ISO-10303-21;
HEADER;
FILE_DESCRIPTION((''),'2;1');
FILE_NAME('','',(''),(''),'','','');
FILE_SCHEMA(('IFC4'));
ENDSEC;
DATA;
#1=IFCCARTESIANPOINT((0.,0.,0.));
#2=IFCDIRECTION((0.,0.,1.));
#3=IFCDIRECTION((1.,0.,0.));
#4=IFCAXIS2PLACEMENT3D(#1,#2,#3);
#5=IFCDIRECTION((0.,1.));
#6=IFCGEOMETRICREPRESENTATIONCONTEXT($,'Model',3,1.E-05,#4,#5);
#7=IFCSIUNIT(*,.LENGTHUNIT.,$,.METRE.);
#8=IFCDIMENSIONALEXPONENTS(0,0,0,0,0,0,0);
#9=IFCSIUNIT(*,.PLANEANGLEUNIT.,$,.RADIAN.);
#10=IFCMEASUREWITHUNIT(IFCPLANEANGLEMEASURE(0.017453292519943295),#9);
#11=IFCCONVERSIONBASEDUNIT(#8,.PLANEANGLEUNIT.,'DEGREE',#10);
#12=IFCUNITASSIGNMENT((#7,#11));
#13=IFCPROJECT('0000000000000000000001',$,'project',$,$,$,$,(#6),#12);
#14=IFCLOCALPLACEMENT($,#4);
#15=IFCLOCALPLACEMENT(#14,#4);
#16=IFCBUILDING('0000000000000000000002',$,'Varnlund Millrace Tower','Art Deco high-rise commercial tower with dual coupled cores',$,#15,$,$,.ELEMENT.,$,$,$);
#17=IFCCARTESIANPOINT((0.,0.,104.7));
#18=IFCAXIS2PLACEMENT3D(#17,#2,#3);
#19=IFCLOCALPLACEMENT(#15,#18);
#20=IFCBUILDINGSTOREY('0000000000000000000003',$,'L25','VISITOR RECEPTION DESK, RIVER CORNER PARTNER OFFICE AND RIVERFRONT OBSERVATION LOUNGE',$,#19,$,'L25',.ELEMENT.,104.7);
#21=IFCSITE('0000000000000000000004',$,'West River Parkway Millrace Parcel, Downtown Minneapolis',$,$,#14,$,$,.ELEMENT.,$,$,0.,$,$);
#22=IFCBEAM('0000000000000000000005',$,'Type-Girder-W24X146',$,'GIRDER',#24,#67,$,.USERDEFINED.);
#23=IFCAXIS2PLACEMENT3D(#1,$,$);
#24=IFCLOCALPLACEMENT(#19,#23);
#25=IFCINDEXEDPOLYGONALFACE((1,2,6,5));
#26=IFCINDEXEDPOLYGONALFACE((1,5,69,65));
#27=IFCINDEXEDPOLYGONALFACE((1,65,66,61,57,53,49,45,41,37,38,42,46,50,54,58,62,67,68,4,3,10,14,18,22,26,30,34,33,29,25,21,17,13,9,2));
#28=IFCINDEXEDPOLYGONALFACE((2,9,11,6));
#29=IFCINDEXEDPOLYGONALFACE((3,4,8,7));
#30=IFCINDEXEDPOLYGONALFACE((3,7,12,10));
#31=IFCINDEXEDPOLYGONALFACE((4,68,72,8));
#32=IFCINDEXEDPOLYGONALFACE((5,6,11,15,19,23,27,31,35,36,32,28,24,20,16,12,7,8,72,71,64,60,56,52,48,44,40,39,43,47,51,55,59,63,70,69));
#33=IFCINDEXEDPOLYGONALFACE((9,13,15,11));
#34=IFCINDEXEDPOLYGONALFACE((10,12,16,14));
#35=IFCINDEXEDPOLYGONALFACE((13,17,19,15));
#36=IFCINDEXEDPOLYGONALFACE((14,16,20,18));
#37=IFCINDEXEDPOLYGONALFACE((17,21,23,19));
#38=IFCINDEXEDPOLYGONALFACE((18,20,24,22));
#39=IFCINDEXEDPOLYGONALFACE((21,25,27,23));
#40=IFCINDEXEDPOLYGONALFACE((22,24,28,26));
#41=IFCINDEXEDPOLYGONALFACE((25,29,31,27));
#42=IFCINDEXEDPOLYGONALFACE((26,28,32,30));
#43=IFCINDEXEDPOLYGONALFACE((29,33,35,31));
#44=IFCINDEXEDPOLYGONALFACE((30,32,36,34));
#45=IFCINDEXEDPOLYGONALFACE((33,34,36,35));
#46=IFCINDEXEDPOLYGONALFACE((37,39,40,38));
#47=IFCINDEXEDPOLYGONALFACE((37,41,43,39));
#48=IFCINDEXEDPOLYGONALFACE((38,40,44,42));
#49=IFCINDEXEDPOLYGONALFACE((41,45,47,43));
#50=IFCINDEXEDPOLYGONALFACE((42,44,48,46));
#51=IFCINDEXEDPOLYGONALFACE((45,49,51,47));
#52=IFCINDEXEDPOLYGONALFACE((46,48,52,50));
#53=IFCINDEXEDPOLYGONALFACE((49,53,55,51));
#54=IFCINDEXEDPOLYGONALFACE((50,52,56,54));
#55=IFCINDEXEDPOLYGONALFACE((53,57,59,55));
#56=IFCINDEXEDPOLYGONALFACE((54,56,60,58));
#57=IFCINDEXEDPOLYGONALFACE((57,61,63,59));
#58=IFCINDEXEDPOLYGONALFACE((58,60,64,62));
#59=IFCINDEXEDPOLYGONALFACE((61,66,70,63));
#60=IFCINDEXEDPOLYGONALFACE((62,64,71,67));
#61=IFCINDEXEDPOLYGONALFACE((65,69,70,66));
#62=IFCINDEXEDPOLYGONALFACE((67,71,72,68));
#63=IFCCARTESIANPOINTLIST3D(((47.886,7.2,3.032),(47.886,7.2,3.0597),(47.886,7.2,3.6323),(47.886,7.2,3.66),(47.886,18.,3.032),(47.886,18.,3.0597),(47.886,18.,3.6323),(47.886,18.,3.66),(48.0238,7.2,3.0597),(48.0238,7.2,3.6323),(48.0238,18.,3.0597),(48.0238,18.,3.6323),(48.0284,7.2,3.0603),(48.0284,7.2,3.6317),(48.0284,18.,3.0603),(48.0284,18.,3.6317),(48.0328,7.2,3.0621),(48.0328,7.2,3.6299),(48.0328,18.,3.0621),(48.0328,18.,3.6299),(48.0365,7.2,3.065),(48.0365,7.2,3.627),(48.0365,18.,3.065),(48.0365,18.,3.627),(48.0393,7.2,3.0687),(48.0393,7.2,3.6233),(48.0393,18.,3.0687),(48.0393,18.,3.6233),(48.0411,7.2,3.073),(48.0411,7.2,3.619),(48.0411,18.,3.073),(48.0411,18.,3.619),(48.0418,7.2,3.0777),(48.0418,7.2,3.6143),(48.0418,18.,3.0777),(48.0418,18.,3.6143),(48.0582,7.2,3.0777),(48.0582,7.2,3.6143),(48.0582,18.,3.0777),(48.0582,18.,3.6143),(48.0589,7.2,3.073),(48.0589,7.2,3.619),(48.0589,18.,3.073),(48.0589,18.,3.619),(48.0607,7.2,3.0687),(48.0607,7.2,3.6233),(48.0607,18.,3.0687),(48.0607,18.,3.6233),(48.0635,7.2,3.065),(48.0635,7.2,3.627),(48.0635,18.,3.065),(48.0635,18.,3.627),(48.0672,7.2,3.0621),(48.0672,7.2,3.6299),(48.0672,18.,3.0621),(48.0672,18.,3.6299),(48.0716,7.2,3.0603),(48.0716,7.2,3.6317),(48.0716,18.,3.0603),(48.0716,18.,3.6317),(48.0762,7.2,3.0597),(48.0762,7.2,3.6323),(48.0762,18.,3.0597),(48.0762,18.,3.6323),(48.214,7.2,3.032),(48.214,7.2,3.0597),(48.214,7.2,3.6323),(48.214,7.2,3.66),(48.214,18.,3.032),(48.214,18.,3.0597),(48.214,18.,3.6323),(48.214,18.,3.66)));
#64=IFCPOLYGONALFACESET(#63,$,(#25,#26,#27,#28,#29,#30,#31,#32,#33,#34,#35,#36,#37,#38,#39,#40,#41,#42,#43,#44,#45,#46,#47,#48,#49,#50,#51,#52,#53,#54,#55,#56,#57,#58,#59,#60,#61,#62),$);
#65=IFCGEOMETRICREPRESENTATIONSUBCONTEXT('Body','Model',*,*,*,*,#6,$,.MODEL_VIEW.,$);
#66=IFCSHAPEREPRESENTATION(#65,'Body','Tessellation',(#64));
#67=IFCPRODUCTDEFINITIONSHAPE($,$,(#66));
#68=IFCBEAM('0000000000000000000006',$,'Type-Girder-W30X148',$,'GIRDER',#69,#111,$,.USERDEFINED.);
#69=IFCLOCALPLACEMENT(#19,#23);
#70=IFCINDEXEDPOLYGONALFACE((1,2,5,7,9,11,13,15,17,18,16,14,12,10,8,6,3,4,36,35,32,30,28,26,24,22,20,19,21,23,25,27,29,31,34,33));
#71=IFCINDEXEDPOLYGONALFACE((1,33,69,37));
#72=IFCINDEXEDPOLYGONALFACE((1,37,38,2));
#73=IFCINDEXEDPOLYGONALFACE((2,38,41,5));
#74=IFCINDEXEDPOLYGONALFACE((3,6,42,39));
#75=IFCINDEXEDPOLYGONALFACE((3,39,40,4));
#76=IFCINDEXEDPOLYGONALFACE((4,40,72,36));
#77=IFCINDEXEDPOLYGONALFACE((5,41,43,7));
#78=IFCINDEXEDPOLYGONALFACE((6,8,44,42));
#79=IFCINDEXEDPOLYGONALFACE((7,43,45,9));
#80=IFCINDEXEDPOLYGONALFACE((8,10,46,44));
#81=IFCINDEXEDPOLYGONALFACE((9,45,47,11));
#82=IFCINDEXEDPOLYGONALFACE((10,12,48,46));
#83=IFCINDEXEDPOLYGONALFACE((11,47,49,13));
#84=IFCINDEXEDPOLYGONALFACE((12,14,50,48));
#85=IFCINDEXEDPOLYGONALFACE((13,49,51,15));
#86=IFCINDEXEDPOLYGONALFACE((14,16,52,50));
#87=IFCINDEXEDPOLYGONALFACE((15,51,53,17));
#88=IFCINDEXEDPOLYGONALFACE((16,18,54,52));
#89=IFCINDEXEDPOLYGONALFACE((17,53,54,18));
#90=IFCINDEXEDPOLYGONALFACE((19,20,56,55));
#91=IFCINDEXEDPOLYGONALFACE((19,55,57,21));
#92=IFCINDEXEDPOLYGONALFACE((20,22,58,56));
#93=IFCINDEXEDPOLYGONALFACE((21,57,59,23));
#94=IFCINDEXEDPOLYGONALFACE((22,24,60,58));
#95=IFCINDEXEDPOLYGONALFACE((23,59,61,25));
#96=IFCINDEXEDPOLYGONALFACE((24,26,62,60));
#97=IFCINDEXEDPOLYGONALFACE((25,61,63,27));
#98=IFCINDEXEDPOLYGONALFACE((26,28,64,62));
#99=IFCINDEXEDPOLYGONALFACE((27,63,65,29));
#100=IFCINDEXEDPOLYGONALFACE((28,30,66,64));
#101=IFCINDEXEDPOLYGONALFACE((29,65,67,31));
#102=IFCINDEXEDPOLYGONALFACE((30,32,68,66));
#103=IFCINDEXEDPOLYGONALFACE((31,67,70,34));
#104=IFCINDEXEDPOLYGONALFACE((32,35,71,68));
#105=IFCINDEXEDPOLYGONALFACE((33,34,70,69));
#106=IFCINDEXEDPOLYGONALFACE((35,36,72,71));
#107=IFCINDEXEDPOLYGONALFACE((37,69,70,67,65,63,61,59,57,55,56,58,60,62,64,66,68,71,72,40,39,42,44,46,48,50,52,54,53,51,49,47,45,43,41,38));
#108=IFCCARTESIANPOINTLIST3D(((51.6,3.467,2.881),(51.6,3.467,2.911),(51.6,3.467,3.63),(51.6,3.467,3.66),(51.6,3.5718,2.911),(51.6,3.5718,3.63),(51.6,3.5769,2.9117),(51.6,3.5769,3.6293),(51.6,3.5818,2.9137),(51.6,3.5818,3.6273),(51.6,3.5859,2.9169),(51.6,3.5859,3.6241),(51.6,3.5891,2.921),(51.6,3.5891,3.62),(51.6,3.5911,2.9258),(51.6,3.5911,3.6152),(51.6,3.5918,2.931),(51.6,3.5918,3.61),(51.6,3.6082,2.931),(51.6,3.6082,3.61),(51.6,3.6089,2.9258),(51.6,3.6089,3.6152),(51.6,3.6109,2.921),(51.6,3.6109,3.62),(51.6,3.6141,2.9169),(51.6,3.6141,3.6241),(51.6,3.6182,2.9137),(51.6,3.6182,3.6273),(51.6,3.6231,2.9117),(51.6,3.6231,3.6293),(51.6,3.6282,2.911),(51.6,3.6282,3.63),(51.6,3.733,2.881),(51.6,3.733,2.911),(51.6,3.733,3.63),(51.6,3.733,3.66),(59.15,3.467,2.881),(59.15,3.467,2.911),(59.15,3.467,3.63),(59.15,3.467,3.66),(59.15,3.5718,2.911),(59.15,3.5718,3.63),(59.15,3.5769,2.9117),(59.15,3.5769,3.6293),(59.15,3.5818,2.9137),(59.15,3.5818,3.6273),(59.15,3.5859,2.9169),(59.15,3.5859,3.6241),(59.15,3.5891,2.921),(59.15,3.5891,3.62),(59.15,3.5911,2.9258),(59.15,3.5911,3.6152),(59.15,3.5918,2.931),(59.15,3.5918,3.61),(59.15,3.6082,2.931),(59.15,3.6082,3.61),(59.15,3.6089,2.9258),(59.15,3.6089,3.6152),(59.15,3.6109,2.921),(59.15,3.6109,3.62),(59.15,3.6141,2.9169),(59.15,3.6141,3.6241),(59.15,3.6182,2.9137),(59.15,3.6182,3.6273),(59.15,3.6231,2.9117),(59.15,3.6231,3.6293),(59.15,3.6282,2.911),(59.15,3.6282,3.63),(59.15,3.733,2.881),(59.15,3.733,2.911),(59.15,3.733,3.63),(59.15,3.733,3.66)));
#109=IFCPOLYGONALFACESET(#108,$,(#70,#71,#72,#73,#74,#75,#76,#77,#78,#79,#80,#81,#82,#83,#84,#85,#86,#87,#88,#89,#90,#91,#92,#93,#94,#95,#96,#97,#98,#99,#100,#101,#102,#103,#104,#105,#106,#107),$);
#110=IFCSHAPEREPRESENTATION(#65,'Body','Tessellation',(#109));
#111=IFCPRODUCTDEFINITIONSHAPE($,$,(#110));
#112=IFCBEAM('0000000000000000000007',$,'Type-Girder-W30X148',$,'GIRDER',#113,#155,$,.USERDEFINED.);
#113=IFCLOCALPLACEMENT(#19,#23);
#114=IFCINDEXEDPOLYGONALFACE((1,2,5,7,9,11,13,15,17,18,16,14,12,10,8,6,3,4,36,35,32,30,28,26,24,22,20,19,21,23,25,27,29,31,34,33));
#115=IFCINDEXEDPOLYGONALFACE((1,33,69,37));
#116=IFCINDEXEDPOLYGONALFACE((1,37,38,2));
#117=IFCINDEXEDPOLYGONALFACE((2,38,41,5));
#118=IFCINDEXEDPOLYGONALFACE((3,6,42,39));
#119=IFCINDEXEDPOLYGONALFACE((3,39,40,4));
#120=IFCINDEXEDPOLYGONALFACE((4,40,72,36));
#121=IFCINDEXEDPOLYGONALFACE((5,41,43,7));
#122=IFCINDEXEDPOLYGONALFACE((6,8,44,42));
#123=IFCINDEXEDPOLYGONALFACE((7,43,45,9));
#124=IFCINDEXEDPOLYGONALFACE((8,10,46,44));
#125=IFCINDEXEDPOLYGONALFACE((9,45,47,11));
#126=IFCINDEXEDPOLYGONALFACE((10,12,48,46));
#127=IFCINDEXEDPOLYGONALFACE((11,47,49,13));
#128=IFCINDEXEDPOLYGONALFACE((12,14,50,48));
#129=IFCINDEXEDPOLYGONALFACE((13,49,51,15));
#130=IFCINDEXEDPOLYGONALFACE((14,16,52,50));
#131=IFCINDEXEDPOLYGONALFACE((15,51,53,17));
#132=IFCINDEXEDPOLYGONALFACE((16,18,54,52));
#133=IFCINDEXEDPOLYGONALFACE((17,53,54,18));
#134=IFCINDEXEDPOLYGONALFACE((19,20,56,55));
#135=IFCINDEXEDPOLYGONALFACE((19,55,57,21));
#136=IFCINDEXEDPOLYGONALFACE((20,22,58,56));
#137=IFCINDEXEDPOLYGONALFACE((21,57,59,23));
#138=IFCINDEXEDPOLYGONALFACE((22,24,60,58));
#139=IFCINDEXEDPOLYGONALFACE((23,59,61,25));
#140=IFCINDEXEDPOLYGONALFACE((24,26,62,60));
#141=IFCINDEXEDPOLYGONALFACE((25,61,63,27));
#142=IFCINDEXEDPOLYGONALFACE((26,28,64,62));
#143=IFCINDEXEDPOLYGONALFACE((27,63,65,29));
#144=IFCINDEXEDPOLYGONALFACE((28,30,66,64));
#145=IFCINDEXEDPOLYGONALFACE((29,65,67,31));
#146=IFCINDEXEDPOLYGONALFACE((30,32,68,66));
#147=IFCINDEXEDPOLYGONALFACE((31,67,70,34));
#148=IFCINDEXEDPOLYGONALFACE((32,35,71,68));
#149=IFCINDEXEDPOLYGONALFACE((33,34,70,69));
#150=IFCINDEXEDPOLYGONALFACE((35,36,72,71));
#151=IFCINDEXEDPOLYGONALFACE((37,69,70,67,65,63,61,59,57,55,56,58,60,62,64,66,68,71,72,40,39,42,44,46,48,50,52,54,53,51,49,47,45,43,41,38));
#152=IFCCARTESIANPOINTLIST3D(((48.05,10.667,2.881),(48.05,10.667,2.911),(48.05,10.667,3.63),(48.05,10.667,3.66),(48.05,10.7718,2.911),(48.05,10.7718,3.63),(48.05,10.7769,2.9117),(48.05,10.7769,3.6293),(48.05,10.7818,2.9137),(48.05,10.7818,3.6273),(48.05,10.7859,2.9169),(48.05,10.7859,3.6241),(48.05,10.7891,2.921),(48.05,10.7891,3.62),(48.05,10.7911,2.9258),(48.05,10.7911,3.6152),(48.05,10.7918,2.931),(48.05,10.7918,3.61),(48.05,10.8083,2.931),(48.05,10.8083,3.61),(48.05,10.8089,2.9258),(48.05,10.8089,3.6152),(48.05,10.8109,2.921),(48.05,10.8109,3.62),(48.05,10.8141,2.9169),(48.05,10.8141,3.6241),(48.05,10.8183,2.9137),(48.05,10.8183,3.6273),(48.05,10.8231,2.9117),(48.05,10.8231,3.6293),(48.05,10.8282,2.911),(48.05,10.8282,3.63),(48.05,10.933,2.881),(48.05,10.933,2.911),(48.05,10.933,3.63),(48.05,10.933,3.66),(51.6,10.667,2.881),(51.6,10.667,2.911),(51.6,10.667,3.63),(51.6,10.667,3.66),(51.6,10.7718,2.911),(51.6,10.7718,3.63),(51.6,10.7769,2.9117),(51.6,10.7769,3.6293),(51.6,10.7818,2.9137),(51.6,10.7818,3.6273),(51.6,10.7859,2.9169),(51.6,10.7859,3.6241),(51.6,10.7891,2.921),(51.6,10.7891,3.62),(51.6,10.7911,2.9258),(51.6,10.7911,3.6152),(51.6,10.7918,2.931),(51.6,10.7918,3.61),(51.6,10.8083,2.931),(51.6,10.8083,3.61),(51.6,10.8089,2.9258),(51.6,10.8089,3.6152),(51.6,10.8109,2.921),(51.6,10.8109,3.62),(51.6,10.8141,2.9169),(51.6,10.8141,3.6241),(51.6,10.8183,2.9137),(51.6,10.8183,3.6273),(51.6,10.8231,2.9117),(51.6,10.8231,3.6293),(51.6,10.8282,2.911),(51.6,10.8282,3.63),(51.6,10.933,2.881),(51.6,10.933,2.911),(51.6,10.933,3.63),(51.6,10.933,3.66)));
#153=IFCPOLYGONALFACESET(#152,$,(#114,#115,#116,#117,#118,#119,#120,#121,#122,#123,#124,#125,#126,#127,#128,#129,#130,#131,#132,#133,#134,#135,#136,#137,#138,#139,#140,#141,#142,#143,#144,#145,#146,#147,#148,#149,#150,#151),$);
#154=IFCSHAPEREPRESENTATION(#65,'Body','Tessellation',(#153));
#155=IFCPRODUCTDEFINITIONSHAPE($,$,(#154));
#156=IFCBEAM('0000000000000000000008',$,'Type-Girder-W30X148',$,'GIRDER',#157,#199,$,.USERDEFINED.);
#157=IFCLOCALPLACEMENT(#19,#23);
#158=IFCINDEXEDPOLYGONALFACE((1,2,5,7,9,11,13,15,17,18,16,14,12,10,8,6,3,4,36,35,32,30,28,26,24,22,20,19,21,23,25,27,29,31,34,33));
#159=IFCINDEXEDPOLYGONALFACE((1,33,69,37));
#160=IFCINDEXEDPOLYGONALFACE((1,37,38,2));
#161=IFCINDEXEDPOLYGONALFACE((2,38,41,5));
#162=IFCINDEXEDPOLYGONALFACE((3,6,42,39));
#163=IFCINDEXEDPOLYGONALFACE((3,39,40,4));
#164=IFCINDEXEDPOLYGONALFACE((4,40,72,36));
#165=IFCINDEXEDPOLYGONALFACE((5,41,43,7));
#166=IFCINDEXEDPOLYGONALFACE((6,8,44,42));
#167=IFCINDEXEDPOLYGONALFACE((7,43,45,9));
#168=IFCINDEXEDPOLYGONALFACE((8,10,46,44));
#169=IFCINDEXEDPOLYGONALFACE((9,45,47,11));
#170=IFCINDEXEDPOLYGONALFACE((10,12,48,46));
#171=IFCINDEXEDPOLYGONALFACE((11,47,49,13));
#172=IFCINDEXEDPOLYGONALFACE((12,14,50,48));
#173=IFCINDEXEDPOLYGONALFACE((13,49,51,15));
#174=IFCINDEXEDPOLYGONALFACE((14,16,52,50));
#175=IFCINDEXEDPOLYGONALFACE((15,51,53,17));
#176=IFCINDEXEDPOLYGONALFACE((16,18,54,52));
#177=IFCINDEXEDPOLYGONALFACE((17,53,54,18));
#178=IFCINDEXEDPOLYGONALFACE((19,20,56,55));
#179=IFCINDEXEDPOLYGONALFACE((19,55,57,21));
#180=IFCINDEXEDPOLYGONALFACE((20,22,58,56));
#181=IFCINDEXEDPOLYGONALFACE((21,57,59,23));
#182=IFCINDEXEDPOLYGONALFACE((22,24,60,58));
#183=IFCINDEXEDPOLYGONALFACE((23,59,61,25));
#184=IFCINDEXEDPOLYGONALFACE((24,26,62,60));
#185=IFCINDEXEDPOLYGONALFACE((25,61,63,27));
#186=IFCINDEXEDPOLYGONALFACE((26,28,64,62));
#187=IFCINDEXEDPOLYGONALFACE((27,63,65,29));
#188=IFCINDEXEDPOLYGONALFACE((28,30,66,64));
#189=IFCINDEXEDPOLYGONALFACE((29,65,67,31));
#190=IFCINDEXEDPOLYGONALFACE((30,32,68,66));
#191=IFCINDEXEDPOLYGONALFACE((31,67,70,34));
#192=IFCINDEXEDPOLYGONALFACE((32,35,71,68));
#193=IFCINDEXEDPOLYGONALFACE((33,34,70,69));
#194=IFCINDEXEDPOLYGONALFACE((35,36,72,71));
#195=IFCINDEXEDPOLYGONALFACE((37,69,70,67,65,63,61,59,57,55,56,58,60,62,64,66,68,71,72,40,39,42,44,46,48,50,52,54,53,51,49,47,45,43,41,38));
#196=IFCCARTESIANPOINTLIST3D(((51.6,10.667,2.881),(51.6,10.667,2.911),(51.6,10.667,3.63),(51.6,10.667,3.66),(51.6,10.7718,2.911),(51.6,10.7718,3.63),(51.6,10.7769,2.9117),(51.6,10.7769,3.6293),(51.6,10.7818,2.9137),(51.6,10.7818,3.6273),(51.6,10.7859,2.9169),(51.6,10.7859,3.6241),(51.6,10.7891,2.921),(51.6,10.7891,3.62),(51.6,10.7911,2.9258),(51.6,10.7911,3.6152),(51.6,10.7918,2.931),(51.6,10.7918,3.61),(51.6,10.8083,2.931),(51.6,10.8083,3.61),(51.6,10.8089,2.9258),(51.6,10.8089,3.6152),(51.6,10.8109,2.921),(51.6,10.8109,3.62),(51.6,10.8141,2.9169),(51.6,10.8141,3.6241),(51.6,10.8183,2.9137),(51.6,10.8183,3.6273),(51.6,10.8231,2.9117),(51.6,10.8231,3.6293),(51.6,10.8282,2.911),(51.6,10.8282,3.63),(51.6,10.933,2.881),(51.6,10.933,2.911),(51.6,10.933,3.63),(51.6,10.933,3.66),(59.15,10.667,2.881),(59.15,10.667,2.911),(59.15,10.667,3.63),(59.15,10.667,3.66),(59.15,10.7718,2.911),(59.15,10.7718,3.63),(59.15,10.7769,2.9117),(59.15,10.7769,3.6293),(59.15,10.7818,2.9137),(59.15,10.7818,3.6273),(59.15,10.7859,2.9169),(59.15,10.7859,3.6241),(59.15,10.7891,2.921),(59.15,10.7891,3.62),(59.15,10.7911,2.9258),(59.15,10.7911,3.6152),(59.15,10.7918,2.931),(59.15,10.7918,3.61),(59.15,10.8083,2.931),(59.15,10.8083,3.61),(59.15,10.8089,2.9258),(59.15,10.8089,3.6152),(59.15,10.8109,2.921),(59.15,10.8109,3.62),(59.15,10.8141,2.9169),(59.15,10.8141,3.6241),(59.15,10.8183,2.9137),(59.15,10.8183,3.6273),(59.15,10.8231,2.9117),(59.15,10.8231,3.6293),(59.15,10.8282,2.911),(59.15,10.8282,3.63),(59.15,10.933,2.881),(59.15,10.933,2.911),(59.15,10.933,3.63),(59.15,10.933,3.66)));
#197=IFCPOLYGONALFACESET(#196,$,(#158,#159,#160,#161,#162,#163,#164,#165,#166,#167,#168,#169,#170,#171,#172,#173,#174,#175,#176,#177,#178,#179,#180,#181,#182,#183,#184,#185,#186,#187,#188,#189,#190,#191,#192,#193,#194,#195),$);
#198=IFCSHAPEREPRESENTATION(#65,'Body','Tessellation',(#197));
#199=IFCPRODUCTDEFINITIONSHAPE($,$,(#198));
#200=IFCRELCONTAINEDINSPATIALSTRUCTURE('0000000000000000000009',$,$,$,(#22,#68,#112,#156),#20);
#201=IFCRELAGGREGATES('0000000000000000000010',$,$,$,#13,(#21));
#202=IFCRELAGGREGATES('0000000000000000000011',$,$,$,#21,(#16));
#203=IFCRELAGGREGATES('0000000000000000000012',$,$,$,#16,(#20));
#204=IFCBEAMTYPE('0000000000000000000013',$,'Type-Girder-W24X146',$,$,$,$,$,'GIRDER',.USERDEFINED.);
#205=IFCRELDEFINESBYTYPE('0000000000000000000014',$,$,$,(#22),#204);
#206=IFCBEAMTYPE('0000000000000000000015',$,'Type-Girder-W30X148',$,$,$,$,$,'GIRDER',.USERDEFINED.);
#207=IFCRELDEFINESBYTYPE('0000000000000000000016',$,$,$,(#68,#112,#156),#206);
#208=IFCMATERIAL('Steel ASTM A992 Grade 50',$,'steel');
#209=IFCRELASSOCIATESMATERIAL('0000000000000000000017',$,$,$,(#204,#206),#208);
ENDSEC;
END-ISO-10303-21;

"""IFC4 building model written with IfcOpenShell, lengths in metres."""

from ifc_helpers import new_model, entity, si_unit, converted_unit, direction, frame, origin_with_axes, origin_2d_with_axis, place, context, subcontext, project, spatial, i_section, extrude, material, material_profile, profile_set, type_object, element, save


model = new_model("IFC4")

# Units and contexts
model_context = context("Model", 3, precision=1e-05, world=origin_with_axes(), true_north=direction((0.0, 1.0)))
body_context = subcontext(model_context, "Body", "Model", "MODEL_VIEW")
ifc_project = project(units=[si_unit("LENGTHUNIT", "METRE"), converted_unit("PLANEANGLEUNIT", "DEGREE", entity("IfcPlaneAngleMeasure", 0.017453292519943295), si_unit("PLANEANGLEUNIT", "RADIAN"), dimensions=[0, 0, 0, 0, 0, 0, 0])], contexts=[model_context])

# Site, building, storey
site_placement = place(None, origin_with_axes())
site = spatial("IfcSite", under=ifc_project, at=site_placement, Name="West River Parkway Millrace Parcel, Downtown Minneapolis", CompositionType="ELEMENT", RefElevation=0.0)
building_placement = place(site_placement, origin_with_axes())
building = spatial("IfcBuilding", under=site, at=building_placement, Name="Varnlund Millrace Tower", Description="Art Deco high-rise commercial tower with dual coupled cores", CompositionType="ELEMENT")
storey_placement = place(building_placement, frame((0.0, 0.0, 104.7), z_axis=(0.0, 0.0, 1.0), x_axis=(1.0, 0.0, 0.0)))
storey = spatial("IfcBuildingStorey", under=building, at=storey_placement, Name="L25", Description="VISITOR RECEPTION DESK, RIVER CORNER PARTNER OFFICE AND RIVERFRONT OBSERVATION LOUNGE", LongName="L25", CompositionType="ELEMENT", Elevation=104.7)

# Beams
ifc_material_1 = material(Name="Steel ASTM A992 Grade 50", Category="steel")
ifc_material_profile_1 = material_profile(ifc_material_1, i_section(OverallWidth=0.328, OverallDepth=0.628, WebThickness=0.0165, FlangeThickness=0.0277, FilletRadius=0.018, at=origin_2d_with_axis()), Name="Steel ASTM A992 Grade 50")
ifc_profile_set_1 = profile_set([ifc_material_profile_1], Name="Steel ASTM A992 Grade 50")
beam_type_1 = type_object("IfcBeamType", Name="Type-Girder-W24X146", ElementType="GIRDER", PredefinedType="USERDEFINED", material=ifc_profile_set_1)
beam_1_placement = place(storey_placement, frame((48.05, 7.2, 3.346), z_axis=(0.0, 1.0, 0.0), x_axis=(-1.0, 0.0, 0.0)))
element("IfcBeam", 1, at=beam_1_placement, inside=storey, type_object=beam_type_1, Name="Type-Girder-W24X146", ObjectType="GIRDER", PredefinedType="USERDEFINED", context=body_context, shape_type="SweptSolid", body=[
    extrude(i_section(OverallWidth=0.328, OverallDepth=0.628, WebThickness=0.0165, FlangeThickness=0.0277, FilletRadius=0.018, at=origin_2d_with_axis()), origin_with_axes(), (0.0, 0.0, 1.0), 10.8),
])
ifc_material_profile_2 = material_profile(ifc_material_1, i_section(OverallWidth=0.266, OverallDepth=0.779, WebThickness=0.0165, FlangeThickness=0.03, FilletRadius=0.02, at=origin_2d_with_axis()), Name="Steel ASTM A992 Grade 50")
ifc_profile_set_2 = profile_set([ifc_material_profile_2], Name="Steel ASTM A992 Grade 50")
beam_type_2 = type_object("IfcBeamType", Name="Type-Girder-W30X148", ElementType="GIRDER", PredefinedType="USERDEFINED", material=ifc_profile_set_2)
beam_2_placement = place(storey_placement, frame((51.6, 3.6, 3.2705), z_axis=(1.0, 0.0, 0.0), x_axis=(0.0, 1.0, 0.0)))
element("IfcBeam", 2, at=beam_2_placement, inside=storey, type_object=beam_type_2, Name="Type-Girder-W30X148", ObjectType="GIRDER", PredefinedType="USERDEFINED", context=body_context, shape_type="SweptSolid", body=[
    extrude(i_section(OverallWidth=0.266, OverallDepth=0.779, WebThickness=0.0165, FlangeThickness=0.03, FilletRadius=0.02, at=origin_2d_with_axis()), origin_with_axes(), (0.0, 0.0, 1.0), 7.55),
])
beam_3_placement = place(storey_placement, frame((48.05, 10.8, 3.2705), z_axis=(1.0, 0.0, 0.0), x_axis=(0.0, 1.0, 0.0)))
element("IfcBeam", 3, at=beam_3_placement, inside=storey, type_object=beam_type_2, Name="Type-Girder-W30X148", ObjectType="GIRDER", PredefinedType="USERDEFINED", context=body_context, shape_type="SweptSolid", body=[
    extrude(i_section(OverallWidth=0.266, OverallDepth=0.779, WebThickness=0.0165, FlangeThickness=0.03, FilletRadius=0.02, at=origin_2d_with_axis()), origin_with_axes(), (0.0, 0.0, 1.0), 3.55),
])
beam_4_placement = place(storey_placement, frame((51.6, 10.8, 3.2705), z_axis=(1.0, 0.0, 0.0), x_axis=(0.0, 1.0, 0.0)))
element("IfcBeam", 4, at=beam_4_placement, inside=storey, type_object=beam_type_2, Name="Type-Girder-W30X148", ObjectType="GIRDER", PredefinedType="USERDEFINED", context=body_context, shape_type="SweptSolid", body=[
    extrude(i_section(OverallWidth=0.266, OverallDepth=0.779, WebThickness=0.0165, FlangeThickness=0.03, FilletRadius=0.02, at=origin_2d_with_axis()), origin_with_axes(), (0.0, 0.0, 1.0), 7.55),
])

save(model, "model.ifc")
